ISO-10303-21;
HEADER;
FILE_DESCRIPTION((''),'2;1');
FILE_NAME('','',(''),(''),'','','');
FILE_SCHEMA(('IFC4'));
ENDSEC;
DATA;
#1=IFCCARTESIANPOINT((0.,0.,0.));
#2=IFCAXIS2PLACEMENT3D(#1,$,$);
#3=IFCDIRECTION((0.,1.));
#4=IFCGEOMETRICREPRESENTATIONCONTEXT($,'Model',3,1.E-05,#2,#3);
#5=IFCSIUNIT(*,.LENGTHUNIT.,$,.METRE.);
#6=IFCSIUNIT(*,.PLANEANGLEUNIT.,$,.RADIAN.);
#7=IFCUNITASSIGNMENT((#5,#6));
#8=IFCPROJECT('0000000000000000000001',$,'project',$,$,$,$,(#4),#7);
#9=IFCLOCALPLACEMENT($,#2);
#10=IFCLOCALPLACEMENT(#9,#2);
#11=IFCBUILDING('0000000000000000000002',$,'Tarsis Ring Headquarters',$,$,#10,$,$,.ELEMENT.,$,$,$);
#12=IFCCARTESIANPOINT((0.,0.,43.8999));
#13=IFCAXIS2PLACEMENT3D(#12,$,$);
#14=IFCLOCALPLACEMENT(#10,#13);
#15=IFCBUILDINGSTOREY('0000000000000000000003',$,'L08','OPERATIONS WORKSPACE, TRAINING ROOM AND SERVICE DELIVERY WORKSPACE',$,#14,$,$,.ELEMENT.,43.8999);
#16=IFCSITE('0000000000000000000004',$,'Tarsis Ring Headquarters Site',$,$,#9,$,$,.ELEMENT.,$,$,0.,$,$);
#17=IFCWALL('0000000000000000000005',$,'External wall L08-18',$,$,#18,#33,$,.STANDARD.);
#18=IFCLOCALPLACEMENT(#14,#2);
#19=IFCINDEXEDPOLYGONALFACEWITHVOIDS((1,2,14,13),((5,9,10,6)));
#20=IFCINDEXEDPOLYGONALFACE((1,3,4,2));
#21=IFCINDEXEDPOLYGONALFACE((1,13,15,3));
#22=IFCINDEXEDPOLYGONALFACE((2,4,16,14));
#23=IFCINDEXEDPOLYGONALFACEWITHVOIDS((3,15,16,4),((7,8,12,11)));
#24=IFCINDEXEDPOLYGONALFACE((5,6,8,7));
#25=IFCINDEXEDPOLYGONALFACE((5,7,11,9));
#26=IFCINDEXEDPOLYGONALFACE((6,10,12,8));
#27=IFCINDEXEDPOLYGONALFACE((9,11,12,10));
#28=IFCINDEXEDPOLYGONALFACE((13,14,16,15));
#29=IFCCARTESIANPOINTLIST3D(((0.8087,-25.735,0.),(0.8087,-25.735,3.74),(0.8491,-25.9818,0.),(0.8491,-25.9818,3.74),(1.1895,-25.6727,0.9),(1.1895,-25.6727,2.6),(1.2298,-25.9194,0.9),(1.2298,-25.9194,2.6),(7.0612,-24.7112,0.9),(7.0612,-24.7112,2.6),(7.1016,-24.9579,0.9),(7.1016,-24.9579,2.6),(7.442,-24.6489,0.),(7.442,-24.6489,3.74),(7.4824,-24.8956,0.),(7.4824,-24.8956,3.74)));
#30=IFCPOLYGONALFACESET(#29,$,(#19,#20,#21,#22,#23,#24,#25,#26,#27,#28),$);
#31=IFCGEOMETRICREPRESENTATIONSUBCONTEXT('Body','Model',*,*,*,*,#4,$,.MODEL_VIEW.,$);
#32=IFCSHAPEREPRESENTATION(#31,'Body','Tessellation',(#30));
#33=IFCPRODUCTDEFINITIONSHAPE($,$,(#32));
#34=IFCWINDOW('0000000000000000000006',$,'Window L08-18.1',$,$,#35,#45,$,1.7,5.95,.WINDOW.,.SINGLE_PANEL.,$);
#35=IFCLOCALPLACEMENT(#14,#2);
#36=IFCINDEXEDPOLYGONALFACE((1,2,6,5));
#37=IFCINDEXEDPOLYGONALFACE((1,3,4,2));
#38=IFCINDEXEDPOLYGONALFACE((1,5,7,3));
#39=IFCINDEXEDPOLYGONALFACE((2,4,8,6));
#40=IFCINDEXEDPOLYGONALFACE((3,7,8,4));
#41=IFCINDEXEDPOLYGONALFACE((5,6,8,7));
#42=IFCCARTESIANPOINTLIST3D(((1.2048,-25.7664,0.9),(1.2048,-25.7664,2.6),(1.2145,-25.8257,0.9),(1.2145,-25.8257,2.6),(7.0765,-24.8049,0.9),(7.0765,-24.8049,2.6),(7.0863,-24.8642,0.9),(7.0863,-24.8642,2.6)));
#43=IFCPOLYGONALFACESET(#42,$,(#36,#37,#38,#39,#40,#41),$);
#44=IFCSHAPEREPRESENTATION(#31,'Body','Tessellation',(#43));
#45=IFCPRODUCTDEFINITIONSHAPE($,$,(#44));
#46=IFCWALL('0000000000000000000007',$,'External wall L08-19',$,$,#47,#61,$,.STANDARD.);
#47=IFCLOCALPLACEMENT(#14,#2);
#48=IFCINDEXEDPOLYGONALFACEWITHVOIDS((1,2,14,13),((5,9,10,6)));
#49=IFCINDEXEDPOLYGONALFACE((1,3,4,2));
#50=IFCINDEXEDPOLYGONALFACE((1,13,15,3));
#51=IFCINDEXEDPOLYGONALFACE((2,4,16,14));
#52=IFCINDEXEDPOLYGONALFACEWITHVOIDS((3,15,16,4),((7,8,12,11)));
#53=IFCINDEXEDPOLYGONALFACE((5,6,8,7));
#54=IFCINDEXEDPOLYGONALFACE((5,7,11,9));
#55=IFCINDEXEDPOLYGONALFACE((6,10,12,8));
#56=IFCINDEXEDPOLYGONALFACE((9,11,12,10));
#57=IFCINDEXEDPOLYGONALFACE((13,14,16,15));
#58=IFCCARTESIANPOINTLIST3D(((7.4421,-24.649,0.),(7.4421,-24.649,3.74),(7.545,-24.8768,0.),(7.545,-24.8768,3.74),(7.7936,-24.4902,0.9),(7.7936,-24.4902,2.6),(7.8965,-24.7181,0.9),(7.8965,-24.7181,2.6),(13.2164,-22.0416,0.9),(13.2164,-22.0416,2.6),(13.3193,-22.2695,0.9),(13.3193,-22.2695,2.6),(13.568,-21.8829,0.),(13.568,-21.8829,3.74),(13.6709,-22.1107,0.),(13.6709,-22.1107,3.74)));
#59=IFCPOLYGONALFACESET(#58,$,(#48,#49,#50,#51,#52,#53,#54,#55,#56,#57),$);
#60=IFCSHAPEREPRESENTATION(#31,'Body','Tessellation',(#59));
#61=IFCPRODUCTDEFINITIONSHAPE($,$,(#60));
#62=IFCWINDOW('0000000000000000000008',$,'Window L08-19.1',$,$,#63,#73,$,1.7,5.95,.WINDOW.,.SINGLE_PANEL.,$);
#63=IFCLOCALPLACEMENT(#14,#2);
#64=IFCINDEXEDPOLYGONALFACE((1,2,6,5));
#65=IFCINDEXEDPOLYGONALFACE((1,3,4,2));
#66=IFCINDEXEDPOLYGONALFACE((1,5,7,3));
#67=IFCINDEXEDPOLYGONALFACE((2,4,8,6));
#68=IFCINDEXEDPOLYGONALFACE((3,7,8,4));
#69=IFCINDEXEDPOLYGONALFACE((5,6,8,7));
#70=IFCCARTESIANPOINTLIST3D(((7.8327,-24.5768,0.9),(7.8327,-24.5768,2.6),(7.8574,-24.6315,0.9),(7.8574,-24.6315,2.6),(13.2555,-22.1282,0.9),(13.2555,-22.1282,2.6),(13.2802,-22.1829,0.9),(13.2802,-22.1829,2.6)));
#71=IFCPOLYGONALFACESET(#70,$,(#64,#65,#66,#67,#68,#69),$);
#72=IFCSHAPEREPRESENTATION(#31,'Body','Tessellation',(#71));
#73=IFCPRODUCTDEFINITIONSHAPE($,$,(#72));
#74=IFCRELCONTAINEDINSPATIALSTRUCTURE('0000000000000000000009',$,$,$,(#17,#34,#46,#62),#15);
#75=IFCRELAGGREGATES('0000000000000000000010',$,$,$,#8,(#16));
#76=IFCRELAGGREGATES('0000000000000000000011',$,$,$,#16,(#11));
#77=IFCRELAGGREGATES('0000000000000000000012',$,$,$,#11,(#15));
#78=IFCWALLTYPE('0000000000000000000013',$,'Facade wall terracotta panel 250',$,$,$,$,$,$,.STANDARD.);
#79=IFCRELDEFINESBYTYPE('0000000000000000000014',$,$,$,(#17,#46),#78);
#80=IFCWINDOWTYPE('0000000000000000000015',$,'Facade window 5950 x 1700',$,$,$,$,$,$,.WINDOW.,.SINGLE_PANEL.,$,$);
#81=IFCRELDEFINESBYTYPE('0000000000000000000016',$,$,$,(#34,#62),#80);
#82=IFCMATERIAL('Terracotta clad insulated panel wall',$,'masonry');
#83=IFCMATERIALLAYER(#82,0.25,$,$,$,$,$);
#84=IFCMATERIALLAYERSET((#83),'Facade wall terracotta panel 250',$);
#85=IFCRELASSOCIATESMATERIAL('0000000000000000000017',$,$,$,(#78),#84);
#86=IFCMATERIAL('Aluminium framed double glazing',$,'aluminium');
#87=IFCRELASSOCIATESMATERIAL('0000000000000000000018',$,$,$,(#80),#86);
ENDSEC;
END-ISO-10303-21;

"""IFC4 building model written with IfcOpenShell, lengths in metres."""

from ifc_helpers import new_model, si_unit, direction, frame, frame_2d, origin, place, context, subcontext, project, spatial, rectangle, extrude, material, layer, layer_set, type_object, element, fill, save


model = new_model("IFC4")

# Units and contexts
model_context = context("Model", 3, precision=1e-05, world=origin(), true_north=direction((0.0, 1.0)))
body_context = subcontext(model_context, "Body", "Model", "MODEL_VIEW")
ifc_project = project(units=[si_unit("LENGTHUNIT", "METRE"), si_unit("PLANEANGLEUNIT", "RADIAN")], contexts=[model_context])

# Site, building, storey
site_placement = place(None, origin())
site = spatial("IfcSite", under=ifc_project, at=site_placement, Name="Tarsis Ring Headquarters Site", CompositionType="ELEMENT", RefElevation=0.0)
building_placement = place(site_placement, origin())
building = spatial("IfcBuilding", under=site, at=building_placement, Name="Tarsis Ring Headquarters", CompositionType="ELEMENT")
storey_placement = place(building_placement, frame((0.0, 0.0, 43.8999)))
storey = spatial("IfcBuildingStorey", under=building, at=storey_placement, Name="L08", Description="OPERATIONS WORKSPACE, TRAINING ROOM AND SERVICE DELIVERY WORKSPACE", CompositionType="ELEMENT", Elevation=43.8999)

# Walls, openings, windows
ifc_material_1 = material(Name="Terracotta clad insulated panel wall", Category="masonry")
ifc_layer_1 = layer(ifc_material_1, 0.25)
ifc_layer_set_1 = layer_set([ifc_layer_1], Name="Facade wall terracotta panel 250")
wall_type_1 = type_object("IfcWallType", Name="Facade wall terracotta panel 250", PredefinedType="STANDARD", material=ifc_layer_set_1)
wall_1_placement = place(storey_placement, frame((0.8289, -25.8584, 0.0), z_axis=(0.0, 0.0, 1.0), x_axis=(0.986857, 0.161595, 0.0)))
wall_1 = element("IfcWall", 1, at=wall_1_placement, inside=storey, type_object=wall_type_1, Name="External wall L08-18", PredefinedType="STANDARD", context=body_context, shape_type="SweptSolid", body=[
    extrude(rectangle(XDim=6.7217, YDim=0.25, at=frame_2d((3.3608, 0.0))), origin(), (0.0, 0.0, 1.0), 3.74),
])
opening_1_placement = place(wall_1_placement, frame((0.3857, 0.0, 0.8999)))
opening_1 = element("IfcOpeningElement", 2, at=opening_1_placement, cuts=wall_1, PredefinedType="OPENING", context=body_context, shape_type="SweptSolid", body=[
    extrude(rectangle(XDim=5.95, YDim=1.7, at=frame_2d((2.9751, 0.8501))), frame((0.0, 0.135, 0.0), z_axis=(0.0, -1.0, 0.0), x_axis=(1.0, 0.0, 0.0)), (0.0, 0.0, 1.0), 0.27),
])
ifc_material_2 = material(Name="Aluminium framed double glazing", Category="aluminium")
window_type = type_object("IfcWindowType", Name="Facade window 5950 x 1700", PartitioningType="SINGLE_PANEL", PredefinedType="WINDOW", material=ifc_material_2)
window_1_placement = place(opening_1_placement, origin())
window_1 = element("IfcWindow", 3, at=window_1_placement, inside=storey, type_object=window_type, Name="Window L08-18.1", OverallHeight=1.7, OverallWidth=5.95, PartitioningType="SINGLE_PANEL", PredefinedType="WINDOW", context=body_context, shape_type="SweptSolid", body=[
    extrude(rectangle(XDim=5.95, YDim=1.7, at=frame_2d((2.9751, 0.8501))), frame((0.0, 0.03, 0.0), z_axis=(0.0, -1.0, 0.0), x_axis=(1.0, 0.0, 0.0)), (0.0, 0.0, 1.0), 0.0601),
])
fill(opening_1, window_1)
wall_2_placement = place(storey_placement, frame((7.4934, -24.7629, 0.0), z_axis=(0.0, 0.0, 1.0), x_axis=(0.911396, 0.41153, 0.0)))
wall_2 = element("IfcWall", 4, at=wall_2_placement, inside=storey, type_object=wall_type_1, Name="External wall L08-19", PredefinedType="STANDARD", context=body_context, shape_type="SweptSolid", body=[
    extrude(rectangle(XDim=6.7214, YDim=0.25, at=frame_2d((3.3608, 0.0))), origin(), (0.0, 0.0, 1.0), 3.74),
])
opening_2_placement = place(wall_2_placement, frame((0.3857, 0.0, 0.8999)))
opening_2 = element("IfcOpeningElement", 5, at=opening_2_placement, cuts=wall_2, PredefinedType="OPENING", context=body_context, shape_type="SweptSolid", body=[
    extrude(rectangle(XDim=5.95, YDim=1.7, at=frame_2d((2.9751, 0.8501))), frame((0.0, 0.135, 0.0), z_axis=(0.0, -1.0, 0.0), x_axis=(1.0, 0.0, 0.0)), (0.0, 0.0, 1.0), 0.27),
])
window_2_placement = place(opening_2_placement, origin())
window_2 = element("IfcWindow", 6, at=window_2_placement, inside=storey, type_object=window_type, Name="Window L08-19.1", OverallHeight=1.7, OverallWidth=5.95, PartitioningType="SINGLE_PANEL", PredefinedType="WINDOW", context=body_context, shape_type="SweptSolid", body=[
    extrude(rectangle(XDim=5.95, YDim=1.7, at=frame_2d((2.9751, 0.8501))), frame((0.0, 0.03, 0.0), z_axis=(0.0, -1.0, 0.0), x_axis=(1.0, 0.0, 0.0)), (0.0, 0.0, 1.0), 0.0601),
])
fill(opening_2, window_2)

save(model, "model.ifc")
